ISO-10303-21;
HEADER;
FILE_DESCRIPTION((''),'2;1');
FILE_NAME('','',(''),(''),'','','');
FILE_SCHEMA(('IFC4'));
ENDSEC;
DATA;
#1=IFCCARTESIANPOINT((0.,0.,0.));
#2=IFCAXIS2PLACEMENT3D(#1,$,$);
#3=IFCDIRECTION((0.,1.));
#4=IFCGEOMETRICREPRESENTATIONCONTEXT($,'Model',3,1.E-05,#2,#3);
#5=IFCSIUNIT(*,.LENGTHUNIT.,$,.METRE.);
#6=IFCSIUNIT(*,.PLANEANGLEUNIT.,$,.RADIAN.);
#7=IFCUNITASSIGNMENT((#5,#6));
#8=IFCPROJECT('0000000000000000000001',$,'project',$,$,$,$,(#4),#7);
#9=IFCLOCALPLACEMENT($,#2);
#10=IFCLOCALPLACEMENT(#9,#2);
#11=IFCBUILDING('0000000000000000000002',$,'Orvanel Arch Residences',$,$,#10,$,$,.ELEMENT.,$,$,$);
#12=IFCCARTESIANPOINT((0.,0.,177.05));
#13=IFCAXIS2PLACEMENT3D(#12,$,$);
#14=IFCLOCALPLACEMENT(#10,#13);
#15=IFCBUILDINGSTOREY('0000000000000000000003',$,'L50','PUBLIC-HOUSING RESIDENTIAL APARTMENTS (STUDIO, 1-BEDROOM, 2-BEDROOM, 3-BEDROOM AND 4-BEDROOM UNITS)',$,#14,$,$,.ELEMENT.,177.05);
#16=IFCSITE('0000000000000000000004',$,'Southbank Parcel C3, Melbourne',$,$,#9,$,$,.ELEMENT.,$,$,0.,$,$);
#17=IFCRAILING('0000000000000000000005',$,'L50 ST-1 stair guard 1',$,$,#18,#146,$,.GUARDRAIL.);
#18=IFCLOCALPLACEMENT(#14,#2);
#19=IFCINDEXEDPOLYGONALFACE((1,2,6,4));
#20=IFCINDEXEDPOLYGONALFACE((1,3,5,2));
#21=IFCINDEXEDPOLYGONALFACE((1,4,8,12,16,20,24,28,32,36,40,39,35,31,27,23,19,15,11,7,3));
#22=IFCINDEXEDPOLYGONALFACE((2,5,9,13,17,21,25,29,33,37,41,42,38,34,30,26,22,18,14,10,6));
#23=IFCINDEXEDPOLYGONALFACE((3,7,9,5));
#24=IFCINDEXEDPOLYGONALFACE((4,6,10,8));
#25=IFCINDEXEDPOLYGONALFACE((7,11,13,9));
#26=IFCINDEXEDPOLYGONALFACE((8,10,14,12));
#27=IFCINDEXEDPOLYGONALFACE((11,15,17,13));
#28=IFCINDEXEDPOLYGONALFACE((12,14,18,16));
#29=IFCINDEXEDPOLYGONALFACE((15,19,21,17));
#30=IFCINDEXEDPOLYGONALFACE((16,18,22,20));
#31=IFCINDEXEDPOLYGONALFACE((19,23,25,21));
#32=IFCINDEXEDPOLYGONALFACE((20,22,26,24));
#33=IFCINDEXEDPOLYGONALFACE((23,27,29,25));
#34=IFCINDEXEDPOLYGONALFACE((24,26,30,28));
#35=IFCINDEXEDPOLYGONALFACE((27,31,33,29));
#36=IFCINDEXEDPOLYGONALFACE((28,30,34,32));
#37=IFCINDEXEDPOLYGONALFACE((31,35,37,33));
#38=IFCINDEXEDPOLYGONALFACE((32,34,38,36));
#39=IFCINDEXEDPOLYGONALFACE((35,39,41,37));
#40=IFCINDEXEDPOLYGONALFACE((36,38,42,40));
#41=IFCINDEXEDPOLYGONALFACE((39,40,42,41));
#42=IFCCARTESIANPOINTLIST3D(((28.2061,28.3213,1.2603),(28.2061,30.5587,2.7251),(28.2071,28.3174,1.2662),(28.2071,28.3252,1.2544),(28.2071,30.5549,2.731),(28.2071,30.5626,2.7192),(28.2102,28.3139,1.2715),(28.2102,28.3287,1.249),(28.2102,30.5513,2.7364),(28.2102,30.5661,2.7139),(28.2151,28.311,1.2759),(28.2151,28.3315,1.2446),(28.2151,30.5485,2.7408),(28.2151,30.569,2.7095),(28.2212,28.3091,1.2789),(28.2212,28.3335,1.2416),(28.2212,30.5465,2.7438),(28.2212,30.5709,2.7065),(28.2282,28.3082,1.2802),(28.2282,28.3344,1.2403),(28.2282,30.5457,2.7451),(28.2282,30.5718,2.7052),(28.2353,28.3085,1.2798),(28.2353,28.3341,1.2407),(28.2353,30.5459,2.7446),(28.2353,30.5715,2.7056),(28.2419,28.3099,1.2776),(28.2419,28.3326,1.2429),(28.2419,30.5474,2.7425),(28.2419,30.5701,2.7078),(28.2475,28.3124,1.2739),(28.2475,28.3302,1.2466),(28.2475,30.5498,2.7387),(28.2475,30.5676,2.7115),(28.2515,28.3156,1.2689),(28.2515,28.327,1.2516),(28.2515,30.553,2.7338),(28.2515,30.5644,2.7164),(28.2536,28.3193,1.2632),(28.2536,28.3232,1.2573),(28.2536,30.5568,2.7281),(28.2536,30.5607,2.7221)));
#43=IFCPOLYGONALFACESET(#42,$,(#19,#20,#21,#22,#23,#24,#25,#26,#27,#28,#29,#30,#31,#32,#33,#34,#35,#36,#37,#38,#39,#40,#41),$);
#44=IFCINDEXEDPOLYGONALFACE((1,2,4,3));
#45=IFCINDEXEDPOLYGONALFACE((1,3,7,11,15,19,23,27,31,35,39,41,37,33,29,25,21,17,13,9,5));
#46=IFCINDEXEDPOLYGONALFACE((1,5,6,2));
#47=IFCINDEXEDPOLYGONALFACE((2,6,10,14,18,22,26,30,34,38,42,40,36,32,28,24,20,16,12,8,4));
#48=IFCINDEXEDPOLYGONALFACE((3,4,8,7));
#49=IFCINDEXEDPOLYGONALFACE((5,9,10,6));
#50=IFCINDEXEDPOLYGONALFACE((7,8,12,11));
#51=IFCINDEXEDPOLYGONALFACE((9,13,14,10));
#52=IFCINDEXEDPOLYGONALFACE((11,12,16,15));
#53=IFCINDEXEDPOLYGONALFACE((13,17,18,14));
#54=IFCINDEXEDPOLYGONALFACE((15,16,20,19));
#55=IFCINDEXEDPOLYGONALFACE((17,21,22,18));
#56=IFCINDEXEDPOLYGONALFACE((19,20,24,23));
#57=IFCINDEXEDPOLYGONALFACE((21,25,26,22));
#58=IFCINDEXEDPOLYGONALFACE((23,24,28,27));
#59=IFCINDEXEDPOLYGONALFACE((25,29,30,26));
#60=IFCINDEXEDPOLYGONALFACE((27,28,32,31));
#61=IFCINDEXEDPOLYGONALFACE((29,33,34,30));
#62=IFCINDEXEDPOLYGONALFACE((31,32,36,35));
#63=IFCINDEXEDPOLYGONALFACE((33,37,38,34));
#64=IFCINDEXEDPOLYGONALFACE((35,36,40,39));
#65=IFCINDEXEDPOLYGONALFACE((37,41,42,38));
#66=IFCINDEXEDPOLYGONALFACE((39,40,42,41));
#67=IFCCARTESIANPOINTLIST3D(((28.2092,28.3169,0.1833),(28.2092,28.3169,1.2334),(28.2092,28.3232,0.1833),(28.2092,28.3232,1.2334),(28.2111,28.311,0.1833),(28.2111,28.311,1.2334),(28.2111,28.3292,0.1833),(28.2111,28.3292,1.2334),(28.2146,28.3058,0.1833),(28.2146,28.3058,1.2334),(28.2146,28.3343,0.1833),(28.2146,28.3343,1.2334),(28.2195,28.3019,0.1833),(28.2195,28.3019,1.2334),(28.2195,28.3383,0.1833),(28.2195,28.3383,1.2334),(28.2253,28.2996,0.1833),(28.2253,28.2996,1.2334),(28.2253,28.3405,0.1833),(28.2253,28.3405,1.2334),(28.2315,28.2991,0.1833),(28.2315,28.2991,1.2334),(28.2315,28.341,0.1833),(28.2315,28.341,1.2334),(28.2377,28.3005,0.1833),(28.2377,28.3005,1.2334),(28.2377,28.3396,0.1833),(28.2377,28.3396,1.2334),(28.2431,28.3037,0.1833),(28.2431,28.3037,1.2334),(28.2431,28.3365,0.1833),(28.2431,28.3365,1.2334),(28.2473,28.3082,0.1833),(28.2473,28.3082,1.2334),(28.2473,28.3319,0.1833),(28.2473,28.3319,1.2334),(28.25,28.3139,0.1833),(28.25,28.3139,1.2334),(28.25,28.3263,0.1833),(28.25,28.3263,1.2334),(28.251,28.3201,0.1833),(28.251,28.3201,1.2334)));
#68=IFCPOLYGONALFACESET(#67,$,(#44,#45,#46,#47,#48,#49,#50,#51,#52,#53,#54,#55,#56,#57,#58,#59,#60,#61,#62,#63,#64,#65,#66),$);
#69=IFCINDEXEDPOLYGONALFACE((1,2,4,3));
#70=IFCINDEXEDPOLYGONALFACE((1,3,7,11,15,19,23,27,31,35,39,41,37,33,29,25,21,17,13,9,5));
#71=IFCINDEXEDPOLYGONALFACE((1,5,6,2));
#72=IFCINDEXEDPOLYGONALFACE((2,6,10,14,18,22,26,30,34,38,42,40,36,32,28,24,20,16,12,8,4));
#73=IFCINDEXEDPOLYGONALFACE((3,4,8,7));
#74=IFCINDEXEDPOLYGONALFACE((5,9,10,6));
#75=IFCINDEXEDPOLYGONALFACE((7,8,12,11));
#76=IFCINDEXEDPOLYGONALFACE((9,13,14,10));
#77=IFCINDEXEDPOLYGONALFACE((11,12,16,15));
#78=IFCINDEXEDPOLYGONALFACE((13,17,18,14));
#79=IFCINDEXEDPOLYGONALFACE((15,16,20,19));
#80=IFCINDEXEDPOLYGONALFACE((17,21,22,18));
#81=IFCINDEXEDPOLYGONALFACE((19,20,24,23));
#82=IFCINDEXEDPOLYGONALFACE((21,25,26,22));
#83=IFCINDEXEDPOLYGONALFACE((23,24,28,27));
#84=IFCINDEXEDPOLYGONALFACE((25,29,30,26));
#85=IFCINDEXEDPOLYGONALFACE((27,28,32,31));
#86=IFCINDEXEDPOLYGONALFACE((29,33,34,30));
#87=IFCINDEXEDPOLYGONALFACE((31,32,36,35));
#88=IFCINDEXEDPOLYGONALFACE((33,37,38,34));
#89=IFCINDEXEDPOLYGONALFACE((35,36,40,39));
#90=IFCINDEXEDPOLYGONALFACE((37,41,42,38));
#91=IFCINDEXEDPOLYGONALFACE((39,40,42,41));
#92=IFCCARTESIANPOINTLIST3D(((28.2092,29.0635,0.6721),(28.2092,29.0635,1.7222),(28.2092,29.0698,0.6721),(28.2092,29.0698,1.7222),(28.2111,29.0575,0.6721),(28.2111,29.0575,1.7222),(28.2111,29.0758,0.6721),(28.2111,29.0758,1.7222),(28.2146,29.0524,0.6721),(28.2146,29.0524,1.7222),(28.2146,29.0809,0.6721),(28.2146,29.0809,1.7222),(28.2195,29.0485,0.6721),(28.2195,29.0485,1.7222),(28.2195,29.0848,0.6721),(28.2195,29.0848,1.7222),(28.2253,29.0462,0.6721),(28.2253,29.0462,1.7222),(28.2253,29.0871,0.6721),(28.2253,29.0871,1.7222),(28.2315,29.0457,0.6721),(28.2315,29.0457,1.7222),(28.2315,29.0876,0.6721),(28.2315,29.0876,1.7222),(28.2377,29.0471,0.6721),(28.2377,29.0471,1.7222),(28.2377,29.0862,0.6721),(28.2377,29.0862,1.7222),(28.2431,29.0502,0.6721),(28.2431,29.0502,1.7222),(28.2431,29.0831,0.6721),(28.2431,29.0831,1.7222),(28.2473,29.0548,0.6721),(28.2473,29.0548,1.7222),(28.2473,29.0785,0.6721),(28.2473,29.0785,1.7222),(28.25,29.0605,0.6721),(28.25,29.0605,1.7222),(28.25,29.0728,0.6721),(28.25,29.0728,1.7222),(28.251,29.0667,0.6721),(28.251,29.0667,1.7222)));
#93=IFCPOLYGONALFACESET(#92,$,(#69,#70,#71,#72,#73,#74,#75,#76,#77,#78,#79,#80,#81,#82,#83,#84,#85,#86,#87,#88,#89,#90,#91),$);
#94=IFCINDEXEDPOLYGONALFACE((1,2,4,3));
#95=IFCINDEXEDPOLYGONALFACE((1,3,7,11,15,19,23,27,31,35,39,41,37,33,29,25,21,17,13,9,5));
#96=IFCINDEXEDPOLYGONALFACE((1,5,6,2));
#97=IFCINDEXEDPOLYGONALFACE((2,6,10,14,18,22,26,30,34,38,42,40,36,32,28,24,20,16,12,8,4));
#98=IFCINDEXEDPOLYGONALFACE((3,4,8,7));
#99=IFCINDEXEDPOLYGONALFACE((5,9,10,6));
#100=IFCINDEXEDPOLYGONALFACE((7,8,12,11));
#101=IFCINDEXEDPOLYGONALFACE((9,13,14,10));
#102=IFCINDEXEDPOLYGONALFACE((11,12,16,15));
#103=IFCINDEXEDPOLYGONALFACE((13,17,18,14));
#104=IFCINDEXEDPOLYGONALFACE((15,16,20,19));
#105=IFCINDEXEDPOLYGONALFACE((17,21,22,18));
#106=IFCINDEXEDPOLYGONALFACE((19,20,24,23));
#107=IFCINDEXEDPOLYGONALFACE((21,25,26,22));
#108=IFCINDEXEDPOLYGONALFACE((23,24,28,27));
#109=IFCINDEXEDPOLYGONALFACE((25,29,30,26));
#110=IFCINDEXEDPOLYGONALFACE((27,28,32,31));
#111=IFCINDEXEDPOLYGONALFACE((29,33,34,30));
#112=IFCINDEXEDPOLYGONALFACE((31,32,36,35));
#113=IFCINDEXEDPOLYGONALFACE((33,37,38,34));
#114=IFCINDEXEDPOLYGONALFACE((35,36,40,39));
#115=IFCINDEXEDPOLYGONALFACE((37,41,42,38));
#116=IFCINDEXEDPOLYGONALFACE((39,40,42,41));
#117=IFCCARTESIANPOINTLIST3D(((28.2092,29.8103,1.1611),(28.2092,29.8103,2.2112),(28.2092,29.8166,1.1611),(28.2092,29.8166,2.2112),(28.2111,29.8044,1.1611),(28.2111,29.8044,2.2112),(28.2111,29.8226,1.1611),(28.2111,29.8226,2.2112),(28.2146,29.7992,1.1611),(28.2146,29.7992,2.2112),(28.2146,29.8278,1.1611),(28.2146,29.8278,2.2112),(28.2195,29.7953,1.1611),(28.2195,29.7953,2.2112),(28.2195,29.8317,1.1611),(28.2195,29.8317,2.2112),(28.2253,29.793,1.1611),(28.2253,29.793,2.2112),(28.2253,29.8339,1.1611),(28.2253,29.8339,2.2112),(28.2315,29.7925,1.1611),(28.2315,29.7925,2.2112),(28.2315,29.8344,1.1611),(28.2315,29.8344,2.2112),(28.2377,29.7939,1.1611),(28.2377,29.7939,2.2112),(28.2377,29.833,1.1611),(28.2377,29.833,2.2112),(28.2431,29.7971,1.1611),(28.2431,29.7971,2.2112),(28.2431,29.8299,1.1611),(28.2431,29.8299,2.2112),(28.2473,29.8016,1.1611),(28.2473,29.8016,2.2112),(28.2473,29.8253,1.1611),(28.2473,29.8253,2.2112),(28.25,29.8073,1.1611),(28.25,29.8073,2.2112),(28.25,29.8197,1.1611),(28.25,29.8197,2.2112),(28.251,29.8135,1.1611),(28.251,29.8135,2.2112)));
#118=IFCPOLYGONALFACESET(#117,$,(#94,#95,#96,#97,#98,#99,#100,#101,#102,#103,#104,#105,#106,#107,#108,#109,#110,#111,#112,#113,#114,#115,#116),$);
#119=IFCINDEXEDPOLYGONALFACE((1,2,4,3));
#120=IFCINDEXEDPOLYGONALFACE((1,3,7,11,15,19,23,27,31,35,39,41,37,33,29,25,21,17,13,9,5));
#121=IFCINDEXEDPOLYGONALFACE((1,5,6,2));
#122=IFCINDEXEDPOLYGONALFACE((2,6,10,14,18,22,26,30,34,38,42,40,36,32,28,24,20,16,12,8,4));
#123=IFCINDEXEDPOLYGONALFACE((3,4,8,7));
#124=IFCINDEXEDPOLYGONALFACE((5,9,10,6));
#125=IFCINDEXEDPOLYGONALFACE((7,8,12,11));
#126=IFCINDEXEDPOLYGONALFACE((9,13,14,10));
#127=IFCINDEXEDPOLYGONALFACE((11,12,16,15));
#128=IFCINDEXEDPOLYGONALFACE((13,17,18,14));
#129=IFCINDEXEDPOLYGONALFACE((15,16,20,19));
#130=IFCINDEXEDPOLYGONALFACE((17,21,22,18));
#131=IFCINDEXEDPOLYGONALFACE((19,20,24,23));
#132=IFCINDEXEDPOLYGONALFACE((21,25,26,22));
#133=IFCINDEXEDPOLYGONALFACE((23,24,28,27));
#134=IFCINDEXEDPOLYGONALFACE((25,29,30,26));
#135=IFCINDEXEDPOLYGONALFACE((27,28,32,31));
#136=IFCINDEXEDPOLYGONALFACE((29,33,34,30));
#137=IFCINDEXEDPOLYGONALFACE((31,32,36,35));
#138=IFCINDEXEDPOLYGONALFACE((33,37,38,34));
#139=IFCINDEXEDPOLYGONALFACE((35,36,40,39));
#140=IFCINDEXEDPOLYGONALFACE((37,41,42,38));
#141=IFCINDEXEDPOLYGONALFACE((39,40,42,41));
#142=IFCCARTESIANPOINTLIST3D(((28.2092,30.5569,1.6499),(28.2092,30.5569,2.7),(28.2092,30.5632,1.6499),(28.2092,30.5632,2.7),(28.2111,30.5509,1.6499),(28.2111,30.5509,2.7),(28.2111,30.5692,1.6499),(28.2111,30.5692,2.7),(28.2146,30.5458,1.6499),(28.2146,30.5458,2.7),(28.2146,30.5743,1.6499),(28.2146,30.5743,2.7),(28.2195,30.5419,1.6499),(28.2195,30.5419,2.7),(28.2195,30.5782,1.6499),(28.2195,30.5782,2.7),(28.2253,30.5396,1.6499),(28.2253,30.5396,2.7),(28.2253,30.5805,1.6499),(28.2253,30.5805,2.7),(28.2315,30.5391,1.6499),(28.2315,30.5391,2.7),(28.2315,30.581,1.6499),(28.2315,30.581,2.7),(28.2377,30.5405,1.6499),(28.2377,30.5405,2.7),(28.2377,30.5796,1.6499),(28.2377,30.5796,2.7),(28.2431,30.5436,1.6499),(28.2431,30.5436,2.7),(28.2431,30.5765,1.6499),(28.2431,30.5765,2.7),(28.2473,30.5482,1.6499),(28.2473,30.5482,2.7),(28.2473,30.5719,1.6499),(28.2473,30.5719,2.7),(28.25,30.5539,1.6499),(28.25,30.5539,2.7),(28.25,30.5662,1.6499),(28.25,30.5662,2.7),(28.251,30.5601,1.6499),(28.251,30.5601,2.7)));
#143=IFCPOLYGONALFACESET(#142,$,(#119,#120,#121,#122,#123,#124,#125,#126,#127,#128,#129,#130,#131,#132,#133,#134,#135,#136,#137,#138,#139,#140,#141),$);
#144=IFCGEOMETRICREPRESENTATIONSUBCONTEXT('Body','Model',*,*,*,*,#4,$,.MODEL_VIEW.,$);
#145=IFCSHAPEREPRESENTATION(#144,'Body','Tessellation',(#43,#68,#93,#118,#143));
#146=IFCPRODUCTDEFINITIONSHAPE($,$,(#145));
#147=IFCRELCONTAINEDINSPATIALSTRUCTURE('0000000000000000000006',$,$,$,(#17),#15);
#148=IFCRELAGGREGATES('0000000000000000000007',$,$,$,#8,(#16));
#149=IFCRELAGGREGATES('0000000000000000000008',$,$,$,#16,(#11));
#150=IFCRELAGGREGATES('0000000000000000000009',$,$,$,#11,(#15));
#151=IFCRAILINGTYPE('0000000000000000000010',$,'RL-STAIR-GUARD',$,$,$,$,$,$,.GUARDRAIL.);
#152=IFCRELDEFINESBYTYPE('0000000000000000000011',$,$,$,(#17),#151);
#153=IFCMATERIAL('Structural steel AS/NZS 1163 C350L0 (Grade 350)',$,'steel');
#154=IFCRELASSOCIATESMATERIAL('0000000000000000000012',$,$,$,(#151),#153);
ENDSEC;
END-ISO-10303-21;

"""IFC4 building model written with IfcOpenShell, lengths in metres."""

from ifc_helpers import new_model, si_unit, direction, frame, origin, origin_2d, place, context, subcontext, project, spatial, circle, extrude, material, type_object, element, save


model = new_model("IFC4")

# Units and contexts
model_context = context("Model", 3, precision=1e-05, world=origin(), true_north=direction((0.0, 1.0)))
body_context = subcontext(model_context, "Body", "Model", "MODEL_VIEW")
ifc_project = project(units=[si_unit("LENGTHUNIT", "METRE"), si_unit("PLANEANGLEUNIT", "RADIAN")], contexts=[model_context])

# Site, building, storey
site_placement = place(None, origin())
site = spatial("IfcSite", under=ifc_project, at=site_placement, Name="Southbank Parcel C3, Melbourne", CompositionType="ELEMENT", RefElevation=0.0)
building_placement = place(site_placement, origin())
building = spatial("IfcBuilding", under=site, at=building_placement, Name="Orvanel Arch Residences", CompositionType="ELEMENT")
storey_placement = place(building_placement, frame((0.0, 0.0, 177.05)))
storey = spatial("IfcBuildingStorey", under=building, at=storey_placement, Name="L50", Description="PUBLIC-HOUSING RESIDENTIAL APARTMENTS (STUDIO, 1-BEDROOM, 2-BEDROOM, 3-BEDROOM AND 4-BEDROOM UNITS)", CompositionType="ELEMENT", Elevation=177.05)

# Railing
ifc_material_1 = material(Name="Structural steel AS/NZS 1163 C350L0 (Grade 350)", Category="steel")
railing_type_1 = type_object("IfcRailingType", Name="RL-STAIR-GUARD", PredefinedType="GUARDRAIL", material=ifc_material_1)
railing_1_placement = place(storey_placement, frame((28.23, 28.3201, 0.1833)))
element("IfcRailing", 1, at=railing_1_placement, inside=storey, type_object=railing_type_1, Name="L50 ST-1 stair guard 1", PredefinedType="GUARDRAIL", context=body_context, shape_type="SweptSolid", body=[
    extrude(circle(Radius=0.0239, at=origin_2d()), frame((0.0, 0.0012, 1.0769), z_axis=(0.0, 0.836637, 0.547758), x_axis=(-1.0, 0.0, 0.0)), (0.0, 0.0, 1.0), 2.6743),
    extrude(circle(Radius=0.021, at=origin_2d()), origin(), (0.0, 0.0, 1.0), 1.05),
    extrude(circle(Radius=0.021, at=origin_2d()), frame((0.0, 0.7466, 0.4888)), (0.0, 0.0, 1.0), 1.05),
    extrude(circle(Radius=0.021, at=origin_2d()), frame((0.0, 1.4934, 0.9778)), (0.0, 0.0, 1.0), 1.05),
    extrude(circle(Radius=0.021, at=origin_2d()), frame((0.0, 2.24, 1.4666)), (0.0, 0.0, 1.0), 1.05),
])

save(model, "model.ifc")
